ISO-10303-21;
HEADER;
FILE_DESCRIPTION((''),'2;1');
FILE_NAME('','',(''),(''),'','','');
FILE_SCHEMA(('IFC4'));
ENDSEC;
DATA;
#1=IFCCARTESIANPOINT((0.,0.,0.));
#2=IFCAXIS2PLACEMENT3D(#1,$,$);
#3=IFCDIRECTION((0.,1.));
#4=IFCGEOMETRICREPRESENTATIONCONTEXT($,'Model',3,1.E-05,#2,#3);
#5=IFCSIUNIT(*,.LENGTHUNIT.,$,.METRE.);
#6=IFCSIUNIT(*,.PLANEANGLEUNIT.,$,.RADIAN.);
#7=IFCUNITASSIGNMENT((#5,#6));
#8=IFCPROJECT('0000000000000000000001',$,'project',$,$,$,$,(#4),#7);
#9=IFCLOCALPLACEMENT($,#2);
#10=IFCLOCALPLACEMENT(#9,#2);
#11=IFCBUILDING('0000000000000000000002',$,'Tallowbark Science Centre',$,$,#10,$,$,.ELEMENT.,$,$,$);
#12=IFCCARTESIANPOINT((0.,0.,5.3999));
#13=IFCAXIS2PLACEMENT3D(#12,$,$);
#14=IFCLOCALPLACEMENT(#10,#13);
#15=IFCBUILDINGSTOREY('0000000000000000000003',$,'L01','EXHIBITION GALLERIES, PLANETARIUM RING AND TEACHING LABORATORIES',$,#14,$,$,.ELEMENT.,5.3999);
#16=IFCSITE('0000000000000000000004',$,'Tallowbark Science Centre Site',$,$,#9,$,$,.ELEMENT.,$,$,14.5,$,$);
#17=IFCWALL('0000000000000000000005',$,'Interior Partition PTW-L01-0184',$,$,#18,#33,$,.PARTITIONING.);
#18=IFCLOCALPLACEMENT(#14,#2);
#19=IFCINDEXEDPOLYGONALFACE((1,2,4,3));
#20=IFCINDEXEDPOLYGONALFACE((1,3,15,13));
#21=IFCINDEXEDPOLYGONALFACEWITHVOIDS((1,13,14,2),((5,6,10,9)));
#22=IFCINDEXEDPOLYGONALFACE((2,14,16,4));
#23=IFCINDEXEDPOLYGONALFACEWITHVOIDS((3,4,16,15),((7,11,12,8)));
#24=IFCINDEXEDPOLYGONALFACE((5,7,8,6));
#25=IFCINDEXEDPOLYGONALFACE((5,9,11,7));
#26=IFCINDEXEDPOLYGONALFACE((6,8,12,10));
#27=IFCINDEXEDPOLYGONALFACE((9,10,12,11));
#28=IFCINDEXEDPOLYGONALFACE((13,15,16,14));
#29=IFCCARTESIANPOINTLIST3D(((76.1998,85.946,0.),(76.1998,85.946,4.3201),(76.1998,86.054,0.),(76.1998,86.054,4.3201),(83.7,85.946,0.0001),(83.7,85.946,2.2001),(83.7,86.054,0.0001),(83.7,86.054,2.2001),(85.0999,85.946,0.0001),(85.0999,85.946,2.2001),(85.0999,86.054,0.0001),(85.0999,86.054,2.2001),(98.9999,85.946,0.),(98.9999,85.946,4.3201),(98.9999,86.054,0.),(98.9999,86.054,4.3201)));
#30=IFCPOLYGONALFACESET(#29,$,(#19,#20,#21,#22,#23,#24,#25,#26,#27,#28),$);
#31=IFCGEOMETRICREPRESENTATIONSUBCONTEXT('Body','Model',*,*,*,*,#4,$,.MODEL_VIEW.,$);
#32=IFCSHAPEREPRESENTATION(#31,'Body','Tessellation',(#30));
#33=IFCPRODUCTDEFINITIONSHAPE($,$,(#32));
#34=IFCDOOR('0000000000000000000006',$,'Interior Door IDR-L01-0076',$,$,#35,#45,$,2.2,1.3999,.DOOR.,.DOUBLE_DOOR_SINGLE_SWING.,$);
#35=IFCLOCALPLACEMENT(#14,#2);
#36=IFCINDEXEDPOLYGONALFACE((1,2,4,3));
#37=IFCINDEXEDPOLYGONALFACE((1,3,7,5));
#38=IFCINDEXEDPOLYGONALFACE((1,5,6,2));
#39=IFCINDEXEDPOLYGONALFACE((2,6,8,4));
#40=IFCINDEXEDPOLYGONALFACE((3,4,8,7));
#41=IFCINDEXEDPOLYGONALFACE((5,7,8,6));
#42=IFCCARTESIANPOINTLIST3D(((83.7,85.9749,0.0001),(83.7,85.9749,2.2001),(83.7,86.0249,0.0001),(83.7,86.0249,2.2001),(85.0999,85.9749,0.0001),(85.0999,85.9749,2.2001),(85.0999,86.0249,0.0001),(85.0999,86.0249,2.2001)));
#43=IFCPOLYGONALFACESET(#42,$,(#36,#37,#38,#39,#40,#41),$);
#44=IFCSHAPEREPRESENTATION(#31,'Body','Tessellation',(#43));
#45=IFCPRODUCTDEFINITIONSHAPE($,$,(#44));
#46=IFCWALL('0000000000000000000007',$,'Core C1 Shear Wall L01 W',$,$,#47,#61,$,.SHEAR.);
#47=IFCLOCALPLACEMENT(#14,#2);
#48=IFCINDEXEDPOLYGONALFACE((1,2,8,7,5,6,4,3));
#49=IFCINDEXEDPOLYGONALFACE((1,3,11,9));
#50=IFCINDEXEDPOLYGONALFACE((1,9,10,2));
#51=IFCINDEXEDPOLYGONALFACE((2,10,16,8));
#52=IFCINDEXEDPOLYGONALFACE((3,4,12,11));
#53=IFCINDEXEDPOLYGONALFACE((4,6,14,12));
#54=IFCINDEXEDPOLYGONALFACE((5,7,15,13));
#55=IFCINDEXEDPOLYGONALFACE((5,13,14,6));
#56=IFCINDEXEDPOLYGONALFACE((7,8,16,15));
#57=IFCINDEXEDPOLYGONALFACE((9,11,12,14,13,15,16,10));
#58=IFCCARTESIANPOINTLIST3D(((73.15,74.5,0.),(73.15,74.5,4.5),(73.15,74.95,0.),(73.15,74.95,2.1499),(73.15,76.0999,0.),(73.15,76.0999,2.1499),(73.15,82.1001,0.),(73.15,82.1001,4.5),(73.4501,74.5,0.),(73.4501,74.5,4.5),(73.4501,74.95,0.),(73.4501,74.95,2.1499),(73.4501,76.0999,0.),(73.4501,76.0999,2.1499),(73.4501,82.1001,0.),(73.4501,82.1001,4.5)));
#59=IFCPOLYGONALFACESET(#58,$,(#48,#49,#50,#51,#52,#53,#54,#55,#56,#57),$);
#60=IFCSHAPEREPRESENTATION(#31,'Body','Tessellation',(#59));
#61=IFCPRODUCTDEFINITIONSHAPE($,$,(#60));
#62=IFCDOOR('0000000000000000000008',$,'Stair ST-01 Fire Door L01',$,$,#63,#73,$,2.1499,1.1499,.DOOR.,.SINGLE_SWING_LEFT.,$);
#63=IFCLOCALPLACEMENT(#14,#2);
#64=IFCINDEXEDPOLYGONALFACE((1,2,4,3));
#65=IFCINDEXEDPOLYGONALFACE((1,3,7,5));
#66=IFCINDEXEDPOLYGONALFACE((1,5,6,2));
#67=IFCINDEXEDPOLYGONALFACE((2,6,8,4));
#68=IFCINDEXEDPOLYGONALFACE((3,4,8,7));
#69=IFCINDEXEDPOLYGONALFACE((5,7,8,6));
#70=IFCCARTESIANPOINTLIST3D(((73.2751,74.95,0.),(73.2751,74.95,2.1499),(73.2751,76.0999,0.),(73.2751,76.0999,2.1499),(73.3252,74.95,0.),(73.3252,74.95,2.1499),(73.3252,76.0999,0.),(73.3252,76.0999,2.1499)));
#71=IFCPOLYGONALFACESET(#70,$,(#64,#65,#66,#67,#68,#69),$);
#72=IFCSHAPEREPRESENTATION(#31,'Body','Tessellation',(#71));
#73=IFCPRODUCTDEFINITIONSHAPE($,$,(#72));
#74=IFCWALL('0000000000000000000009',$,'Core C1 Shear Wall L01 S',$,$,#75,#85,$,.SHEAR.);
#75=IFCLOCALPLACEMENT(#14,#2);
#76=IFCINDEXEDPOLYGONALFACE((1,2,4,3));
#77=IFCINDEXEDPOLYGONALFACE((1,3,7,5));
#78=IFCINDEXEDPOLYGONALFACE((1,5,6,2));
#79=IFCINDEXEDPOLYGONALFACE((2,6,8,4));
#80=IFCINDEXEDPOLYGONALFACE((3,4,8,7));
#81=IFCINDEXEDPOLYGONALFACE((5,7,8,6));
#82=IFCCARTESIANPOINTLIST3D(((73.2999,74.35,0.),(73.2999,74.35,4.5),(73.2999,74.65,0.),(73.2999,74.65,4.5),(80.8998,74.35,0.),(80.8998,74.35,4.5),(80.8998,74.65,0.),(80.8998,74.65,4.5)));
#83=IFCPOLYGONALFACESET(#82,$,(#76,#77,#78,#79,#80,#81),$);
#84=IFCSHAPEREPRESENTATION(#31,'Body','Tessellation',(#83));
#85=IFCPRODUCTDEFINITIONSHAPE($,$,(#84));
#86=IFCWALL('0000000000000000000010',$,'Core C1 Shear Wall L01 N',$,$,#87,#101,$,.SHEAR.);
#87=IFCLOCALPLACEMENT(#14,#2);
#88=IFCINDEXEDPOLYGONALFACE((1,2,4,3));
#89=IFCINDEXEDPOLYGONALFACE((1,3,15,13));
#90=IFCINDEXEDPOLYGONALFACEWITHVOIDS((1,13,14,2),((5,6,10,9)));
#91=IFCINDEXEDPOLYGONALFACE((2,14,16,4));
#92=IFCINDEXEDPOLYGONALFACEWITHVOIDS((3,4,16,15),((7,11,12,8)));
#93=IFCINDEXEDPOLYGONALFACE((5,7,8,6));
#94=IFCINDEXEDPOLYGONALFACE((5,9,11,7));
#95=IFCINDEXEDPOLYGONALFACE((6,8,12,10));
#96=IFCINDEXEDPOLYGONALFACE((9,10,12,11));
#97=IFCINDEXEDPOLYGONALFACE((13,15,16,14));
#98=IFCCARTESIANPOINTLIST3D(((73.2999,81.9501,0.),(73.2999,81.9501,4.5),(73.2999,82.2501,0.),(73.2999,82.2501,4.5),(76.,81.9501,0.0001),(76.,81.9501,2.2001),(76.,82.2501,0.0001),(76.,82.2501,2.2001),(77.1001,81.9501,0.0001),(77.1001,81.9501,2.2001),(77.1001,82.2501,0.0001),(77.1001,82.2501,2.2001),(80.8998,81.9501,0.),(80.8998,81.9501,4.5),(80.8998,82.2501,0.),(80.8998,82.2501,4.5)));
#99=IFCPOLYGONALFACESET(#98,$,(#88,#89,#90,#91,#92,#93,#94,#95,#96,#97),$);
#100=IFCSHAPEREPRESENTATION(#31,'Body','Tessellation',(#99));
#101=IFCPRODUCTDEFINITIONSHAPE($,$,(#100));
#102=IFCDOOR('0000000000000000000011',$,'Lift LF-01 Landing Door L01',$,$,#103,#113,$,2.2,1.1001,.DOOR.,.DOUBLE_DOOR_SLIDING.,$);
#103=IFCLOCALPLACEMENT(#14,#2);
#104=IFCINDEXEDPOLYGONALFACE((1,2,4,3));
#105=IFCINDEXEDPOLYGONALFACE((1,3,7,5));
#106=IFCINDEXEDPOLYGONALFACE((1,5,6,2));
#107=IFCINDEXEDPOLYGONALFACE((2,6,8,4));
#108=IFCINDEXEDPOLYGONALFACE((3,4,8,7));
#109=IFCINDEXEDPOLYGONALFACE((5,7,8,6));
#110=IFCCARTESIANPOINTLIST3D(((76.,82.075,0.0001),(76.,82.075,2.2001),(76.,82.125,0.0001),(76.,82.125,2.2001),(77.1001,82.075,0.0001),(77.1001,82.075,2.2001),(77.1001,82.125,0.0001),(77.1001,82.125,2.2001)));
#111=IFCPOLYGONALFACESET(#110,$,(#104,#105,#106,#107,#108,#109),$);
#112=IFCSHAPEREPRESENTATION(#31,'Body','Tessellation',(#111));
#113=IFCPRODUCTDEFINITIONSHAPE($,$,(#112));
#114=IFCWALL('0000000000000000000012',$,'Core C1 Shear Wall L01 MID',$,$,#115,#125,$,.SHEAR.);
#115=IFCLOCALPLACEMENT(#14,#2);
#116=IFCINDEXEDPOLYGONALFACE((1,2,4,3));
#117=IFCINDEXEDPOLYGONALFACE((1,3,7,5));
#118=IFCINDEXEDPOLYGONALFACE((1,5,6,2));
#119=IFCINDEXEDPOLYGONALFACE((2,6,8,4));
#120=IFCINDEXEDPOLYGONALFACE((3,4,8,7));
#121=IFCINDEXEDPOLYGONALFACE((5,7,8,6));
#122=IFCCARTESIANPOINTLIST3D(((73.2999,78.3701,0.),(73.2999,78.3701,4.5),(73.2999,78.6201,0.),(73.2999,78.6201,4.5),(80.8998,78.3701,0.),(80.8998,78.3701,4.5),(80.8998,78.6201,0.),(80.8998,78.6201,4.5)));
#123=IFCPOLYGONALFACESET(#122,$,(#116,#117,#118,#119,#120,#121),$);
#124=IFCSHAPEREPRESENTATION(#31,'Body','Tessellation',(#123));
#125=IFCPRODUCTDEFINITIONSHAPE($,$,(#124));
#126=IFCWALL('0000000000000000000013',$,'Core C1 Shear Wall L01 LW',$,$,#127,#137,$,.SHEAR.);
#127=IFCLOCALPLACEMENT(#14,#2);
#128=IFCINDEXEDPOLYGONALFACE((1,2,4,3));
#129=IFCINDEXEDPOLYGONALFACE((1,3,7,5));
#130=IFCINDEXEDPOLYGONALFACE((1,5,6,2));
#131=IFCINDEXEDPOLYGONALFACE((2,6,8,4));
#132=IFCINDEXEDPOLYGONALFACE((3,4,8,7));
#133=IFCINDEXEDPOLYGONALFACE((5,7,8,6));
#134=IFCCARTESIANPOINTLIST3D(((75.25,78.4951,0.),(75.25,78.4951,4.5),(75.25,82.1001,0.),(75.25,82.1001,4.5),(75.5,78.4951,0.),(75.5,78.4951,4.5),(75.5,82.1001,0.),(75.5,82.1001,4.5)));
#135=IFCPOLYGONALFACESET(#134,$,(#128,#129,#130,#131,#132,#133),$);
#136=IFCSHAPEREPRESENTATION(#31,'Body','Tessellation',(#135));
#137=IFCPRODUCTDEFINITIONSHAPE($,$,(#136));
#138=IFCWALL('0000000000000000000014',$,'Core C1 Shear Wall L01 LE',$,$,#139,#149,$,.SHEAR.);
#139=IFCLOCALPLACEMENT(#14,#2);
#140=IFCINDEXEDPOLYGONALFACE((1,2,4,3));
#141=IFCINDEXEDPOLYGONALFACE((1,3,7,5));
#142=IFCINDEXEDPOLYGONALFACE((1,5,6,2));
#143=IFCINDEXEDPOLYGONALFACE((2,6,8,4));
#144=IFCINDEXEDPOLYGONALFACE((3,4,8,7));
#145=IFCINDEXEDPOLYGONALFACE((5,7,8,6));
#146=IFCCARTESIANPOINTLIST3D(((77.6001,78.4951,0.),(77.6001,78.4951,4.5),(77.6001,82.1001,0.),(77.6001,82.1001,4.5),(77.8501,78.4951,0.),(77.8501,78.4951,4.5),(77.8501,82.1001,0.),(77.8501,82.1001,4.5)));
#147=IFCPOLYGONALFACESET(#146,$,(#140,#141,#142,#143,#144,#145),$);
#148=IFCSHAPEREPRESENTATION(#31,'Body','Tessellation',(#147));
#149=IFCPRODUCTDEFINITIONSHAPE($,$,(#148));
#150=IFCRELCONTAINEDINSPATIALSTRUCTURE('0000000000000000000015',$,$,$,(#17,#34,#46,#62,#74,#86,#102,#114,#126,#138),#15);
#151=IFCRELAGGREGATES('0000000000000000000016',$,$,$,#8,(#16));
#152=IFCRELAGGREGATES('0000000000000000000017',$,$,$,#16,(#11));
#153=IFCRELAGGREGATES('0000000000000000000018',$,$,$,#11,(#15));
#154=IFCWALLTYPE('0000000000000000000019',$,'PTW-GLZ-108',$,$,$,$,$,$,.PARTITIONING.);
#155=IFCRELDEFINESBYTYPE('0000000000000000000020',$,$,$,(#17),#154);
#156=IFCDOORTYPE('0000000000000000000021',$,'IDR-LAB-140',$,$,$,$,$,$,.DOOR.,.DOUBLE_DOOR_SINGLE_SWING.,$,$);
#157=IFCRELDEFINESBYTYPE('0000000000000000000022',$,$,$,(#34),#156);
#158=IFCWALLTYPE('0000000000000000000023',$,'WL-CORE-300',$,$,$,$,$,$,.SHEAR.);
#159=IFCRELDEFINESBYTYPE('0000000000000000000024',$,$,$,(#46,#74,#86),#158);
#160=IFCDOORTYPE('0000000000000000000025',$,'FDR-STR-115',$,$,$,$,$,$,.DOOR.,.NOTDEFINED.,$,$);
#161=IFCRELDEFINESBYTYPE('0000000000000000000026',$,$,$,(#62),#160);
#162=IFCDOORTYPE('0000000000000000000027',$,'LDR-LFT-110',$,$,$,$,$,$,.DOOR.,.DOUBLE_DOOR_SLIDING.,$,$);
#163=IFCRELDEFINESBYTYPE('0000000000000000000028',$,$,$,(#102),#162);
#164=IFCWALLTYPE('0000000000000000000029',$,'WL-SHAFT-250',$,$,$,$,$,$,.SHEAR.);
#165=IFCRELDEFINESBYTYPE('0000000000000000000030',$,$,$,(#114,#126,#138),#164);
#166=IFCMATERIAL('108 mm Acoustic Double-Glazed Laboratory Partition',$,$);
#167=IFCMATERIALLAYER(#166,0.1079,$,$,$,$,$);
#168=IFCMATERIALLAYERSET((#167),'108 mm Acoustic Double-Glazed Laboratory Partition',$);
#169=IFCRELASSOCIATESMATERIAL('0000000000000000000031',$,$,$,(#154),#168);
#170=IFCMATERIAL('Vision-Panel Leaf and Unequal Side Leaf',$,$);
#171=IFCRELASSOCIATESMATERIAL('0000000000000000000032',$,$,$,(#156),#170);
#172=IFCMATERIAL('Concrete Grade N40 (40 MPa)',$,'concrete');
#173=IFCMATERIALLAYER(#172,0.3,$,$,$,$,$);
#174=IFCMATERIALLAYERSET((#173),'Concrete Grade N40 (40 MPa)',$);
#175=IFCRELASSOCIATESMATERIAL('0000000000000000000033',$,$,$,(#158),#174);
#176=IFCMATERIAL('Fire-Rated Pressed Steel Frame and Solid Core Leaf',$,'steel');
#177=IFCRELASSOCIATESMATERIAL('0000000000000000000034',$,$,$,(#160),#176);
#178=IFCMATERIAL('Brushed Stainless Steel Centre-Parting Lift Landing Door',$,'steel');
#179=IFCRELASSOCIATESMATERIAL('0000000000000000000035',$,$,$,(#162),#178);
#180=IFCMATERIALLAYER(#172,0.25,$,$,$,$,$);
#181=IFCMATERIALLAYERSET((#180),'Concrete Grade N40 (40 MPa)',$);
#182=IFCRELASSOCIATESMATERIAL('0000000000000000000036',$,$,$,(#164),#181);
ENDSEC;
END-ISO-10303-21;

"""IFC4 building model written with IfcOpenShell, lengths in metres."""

from ifc_helpers import new_model, si_unit, direction, frame, frame_2d, origin, place, context, subcontext, project, spatial, rectangle, extrude, material, layer, layer_set, type_object, element, fill, save


model = new_model("IFC4")

# Units and contexts
model_context = context("Model", 3, precision=1e-05, world=origin(), true_north=direction((0.0, 1.0)))
body_context = subcontext(model_context, "Body", "Model", "MODEL_VIEW")
ifc_project = project(units=[si_unit("LENGTHUNIT", "METRE"), si_unit("PLANEANGLEUNIT", "RADIAN")], contexts=[model_context])

# Site, building, storey
site_placement = place(None, origin())
site = spatial("IfcSite", under=ifc_project, at=site_placement, Name="Tallowbark Science Centre Site", CompositionType="ELEMENT", RefElevation=14.5)
building_placement = place(site_placement, origin())
building = spatial("IfcBuilding", under=site, at=building_placement, Name="Tallowbark Science Centre", CompositionType="ELEMENT")
storey_placement = place(building_placement, frame((0.0, 0.0, 5.3999)))
storey = spatial("IfcBuildingStorey", under=building, at=storey_placement, Name="L01", Description="EXHIBITION GALLERIES, PLANETARIUM RING AND TEACHING LABORATORIES", CompositionType="ELEMENT", Elevation=5.3999)

# Shared definitions
ifc_material_1 = material(Name="Concrete Grade N40 (40 MPa)", Category="concrete")

# Walls, openings, doors
ifc_material_2 = material(Name="108 mm Acoustic Double-Glazed Laboratory Partition")
ifc_layer_1 = layer(ifc_material_2, 0.1079)
ifc_layer_set_1 = layer_set([ifc_layer_1], Name="108 mm Acoustic Double-Glazed Laboratory Partition")
wall_type_1 = type_object("IfcWallType", Name="PTW-GLZ-108", PredefinedType="PARTITIONING", material=ifc_layer_set_1)
wall_1_placement = place(storey_placement, frame((76.2, 86.0, 0.0), z_axis=(0.0, 0.0, 1.0), x_axis=(1.0, 0.0, 0.0)))
wall_1 = element("IfcWall", 1, at=wall_1_placement, inside=storey, type_object=wall_type_1, Name="Interior Partition PTW-L01-0184", PredefinedType="PARTITIONING", context=body_context, shape_type="SweptSolid", body=[
    extrude(rectangle(XDim=22.8, YDim=0.1079, at=frame_2d((11.3999, 0.0))), origin(), (0.0, 0.0, 1.0), 4.3201),
])
opening_1_placement = place(wall_1_placement, frame((7.5, 0.0, 0.0)))
opening_1 = element("IfcOpeningElement", 2, at=opening_1_placement, cuts=wall_1, PredefinedType="OPENING", context=body_context, shape_type="SweptSolid", body=[
    extrude(rectangle(XDim=1.3999, YDim=2.2, at=frame_2d((0.7, 1.1001))), frame((0.0, 0.064, 0.0), z_axis=(0.0, -1.0, 0.0), x_axis=(1.0, 0.0, 0.0)), (0.0, 0.0, 1.0), 0.1279),
])
ifc_material_3 = material(Name="Vision-Panel Leaf and Unequal Side Leaf")
door_type_1 = type_object("IfcDoorType", Name="IDR-LAB-140", OperationType="DOUBLE_DOOR_SINGLE_SWING", PredefinedType="DOOR", material=ifc_material_3)
door_1_placement = place(opening_1_placement, origin())
door_1 = element("IfcDoor", 3, at=door_1_placement, inside=storey, type_object=door_type_1, Name="Interior Door IDR-L01-0076", OperationType="DOUBLE_DOOR_SINGLE_SWING", OverallHeight=2.2, OverallWidth=1.3999, PredefinedType="DOOR", context=body_context, shape_type="SweptSolid", body=[
    extrude(rectangle(XDim=1.3999, YDim=2.2, at=frame_2d((0.7, 1.1001))), frame((0.0, 0.0249, 0.0), z_axis=(0.0, -1.0, 0.0), x_axis=(1.0, 0.0, 0.0)), (0.0, 0.0, 1.0), 0.05),
])
fill(opening_1, door_1)
ifc_layer_2 = layer(ifc_material_1, 0.3)
ifc_layer_set_2 = layer_set([ifc_layer_2], Name="Concrete Grade N40 (40 MPa)")
wall_type_2 = type_object("IfcWallType", Name="WL-CORE-300", PredefinedType="SHEAR", material=ifc_layer_set_2)
wall_2_placement = place(storey_placement, frame((73.3, 74.5, 0.0), z_axis=(0.0, 0.0, 1.0), x_axis=(0.0, 1.0, 0.0)))
wall_2 = element("IfcWall", 4, at=wall_2_placement, inside=storey, type_object=wall_type_2, Name="Core C1 Shear Wall L01 W", PredefinedType="SHEAR", context=body_context, shape_type="SweptSolid", body=[
    extrude(rectangle(XDim=7.6001, YDim=0.3, at=frame_2d((3.8, 0.0))), origin(), (0.0, 0.0, 1.0), 4.5),
])
opening_2_placement = place(wall_2_placement, frame((0.45, 0.0, 0.0)))
opening_2 = element("IfcOpeningElement", 5, at=opening_2_placement, cuts=wall_2, PredefinedType="OPENING", context=body_context, shape_type="SweptSolid", body=[
    extrude(rectangle(XDim=1.1499, YDim=2.1499, at=frame_2d((0.575, 1.075))), frame((0.0, 0.1602, 0.0), z_axis=(0.0, -1.0, 0.0), x_axis=(1.0, 0.0, 0.0)), (0.0, 0.0, 1.0), 0.3201),
])
ifc_material_4 = material(Name="Fire-Rated Pressed Steel Frame and Solid Core Leaf", Category="steel")
door_type_2 = type_object("IfcDoorType", Name="FDR-STR-115", OperationType="NOTDEFINED", PredefinedType="DOOR", material=ifc_material_4)
door_2_placement = place(opening_2_placement, origin())
door_2 = element("IfcDoor", 6, at=door_2_placement, inside=storey, type_object=door_type_2, Name="Stair ST-01 Fire Door L01", OperationType="SINGLE_SWING_LEFT", OverallHeight=2.1499, OverallWidth=1.1499, PredefinedType="DOOR", context=body_context, shape_type="SweptSolid", body=[
    extrude(rectangle(XDim=1.1499, YDim=2.1499, at=frame_2d((0.575, 1.075))), frame((0.0, 0.0249, 0.0), z_axis=(0.0, -1.0, 0.0), x_axis=(1.0, 0.0, 0.0)), (0.0, 0.0, 1.0), 0.05),
])
fill(opening_2, door_2)

# Wall
wall_3_placement = place(storey_placement, frame((73.3, 74.5, 0.0), z_axis=(0.0, 0.0, 1.0), x_axis=(1.0, 0.0, 0.0)))
element("IfcWall", 7, at=wall_3_placement, inside=storey, type_object=wall_type_2, Name="Core C1 Shear Wall L01 S", PredefinedType="SHEAR", context=body_context, shape_type="SweptSolid", body=[
    extrude(rectangle(XDim=7.5999, YDim=0.3, at=frame_2d((3.7998, 0.0))), origin(), (0.0, 0.0, 1.0), 4.5),
])

# Wall, opening, door
wall_4_placement = place(storey_placement, frame((73.3, 82.1001, 0.0), z_axis=(0.0, 0.0, 1.0), x_axis=(1.0, 0.0, 0.0)))
wall_4 = element("IfcWall", 8, at=wall_4_placement, inside=storey, type_object=wall_type_2, Name="Core C1 Shear Wall L01 N", PredefinedType="SHEAR", context=body_context, shape_type="SweptSolid", body=[
    extrude(rectangle(XDim=7.5999, YDim=0.3, at=frame_2d((3.7998, 0.0))), origin(), (0.0, 0.0, 1.0), 4.5),
])
opening_3_placement = place(wall_4_placement, frame((2.7, 0.0, 0.0)))
opening_3 = element("IfcOpeningElement", 9, at=opening_3_placement, cuts=wall_4, PredefinedType="OPENING", context=body_context, shape_type="SweptSolid", body=[
    extrude(rectangle(XDim=1.1001, YDim=2.2, at=frame_2d((0.55, 1.1001))), frame((0.0, 0.1602, 0.0), z_axis=(0.0, -1.0, 0.0), x_axis=(1.0, 0.0, 0.0)), (0.0, 0.0, 1.0), 0.3201),
])
ifc_material_5 = material(Name="Brushed Stainless Steel Centre-Parting Lift Landing Door", Category="steel")
door_type_3 = type_object("IfcDoorType", Name="LDR-LFT-110", OperationType="DOUBLE_DOOR_SLIDING", PredefinedType="DOOR", material=ifc_material_5)
door_3_placement = place(opening_3_placement, origin())
door_3 = element("IfcDoor", 10, at=door_3_placement, inside=storey, type_object=door_type_3, Name="Lift LF-01 Landing Door L01", OperationType="DOUBLE_DOOR_SLIDING", OverallHeight=2.2, OverallWidth=1.1001, PredefinedType="DOOR", context=body_context, shape_type="SweptSolid", body=[
    extrude(rectangle(XDim=1.1001, YDim=2.2, at=frame_2d((0.55, 1.1001))), frame((0.0, 0.0249, 0.0), z_axis=(0.0, -1.0, 0.0), x_axis=(1.0, 0.0, 0.0)), (0.0, 0.0, 1.0), 0.05),
])
fill(opening_3, door_3)

# Walls
ifc_layer_3 = layer(ifc_material_1, 0.25)
ifc_layer_set_3 = layer_set([ifc_layer_3], Name="Concrete Grade N40 (40 MPa)")
wall_type_3 = type_object("IfcWallType", Name="WL-SHAFT-250", PredefinedType="SHEAR", material=ifc_layer_set_3)
wall_5_placement = place(storey_placement, frame((73.3, 78.4951, 0.0), z_axis=(0.0, 0.0, 1.0), x_axis=(1.0, 0.0, 0.0)))
element("IfcWall", 11, at=wall_5_placement, inside=storey, type_object=wall_type_3, Name="Core C1 Shear Wall L01 MID", PredefinedType="SHEAR", context=body_context, shape_type="SweptSolid", body=[
    extrude(rectangle(XDim=7.5999, YDim=0.25, at=frame_2d((3.7998, 0.0))), origin(), (0.0, 0.0, 1.0), 4.5),
])
for number, where, z_axis, x_axis, name in (
    (12, (75.375, 78.4951, 0.0), (0.0, 0.0, 1.0), (0.0, 1.0, 0.0), "Core C1 Shear Wall L01 LW"),
    (13, (77.7251, 78.4951, 0.0), (0.0, 0.0, 1.0), (0.0, 1.0, 0.0), "Core C1 Shear Wall L01 LE"),
):
    element("IfcWall", number, at=place(storey_placement, frame(where, z_axis=z_axis, x_axis=x_axis)), inside=storey, type_object=wall_type_3, Name=name, PredefinedType="SHEAR", context=body_context, shape_type="SweptSolid", body=[
        extrude(rectangle(XDim=3.605, YDim=0.25, at=frame_2d((1.8025, 0.0))), origin(), (0.0, 0.0, 1.0), 4.5),
    ])

save(model, "model.ifc")
